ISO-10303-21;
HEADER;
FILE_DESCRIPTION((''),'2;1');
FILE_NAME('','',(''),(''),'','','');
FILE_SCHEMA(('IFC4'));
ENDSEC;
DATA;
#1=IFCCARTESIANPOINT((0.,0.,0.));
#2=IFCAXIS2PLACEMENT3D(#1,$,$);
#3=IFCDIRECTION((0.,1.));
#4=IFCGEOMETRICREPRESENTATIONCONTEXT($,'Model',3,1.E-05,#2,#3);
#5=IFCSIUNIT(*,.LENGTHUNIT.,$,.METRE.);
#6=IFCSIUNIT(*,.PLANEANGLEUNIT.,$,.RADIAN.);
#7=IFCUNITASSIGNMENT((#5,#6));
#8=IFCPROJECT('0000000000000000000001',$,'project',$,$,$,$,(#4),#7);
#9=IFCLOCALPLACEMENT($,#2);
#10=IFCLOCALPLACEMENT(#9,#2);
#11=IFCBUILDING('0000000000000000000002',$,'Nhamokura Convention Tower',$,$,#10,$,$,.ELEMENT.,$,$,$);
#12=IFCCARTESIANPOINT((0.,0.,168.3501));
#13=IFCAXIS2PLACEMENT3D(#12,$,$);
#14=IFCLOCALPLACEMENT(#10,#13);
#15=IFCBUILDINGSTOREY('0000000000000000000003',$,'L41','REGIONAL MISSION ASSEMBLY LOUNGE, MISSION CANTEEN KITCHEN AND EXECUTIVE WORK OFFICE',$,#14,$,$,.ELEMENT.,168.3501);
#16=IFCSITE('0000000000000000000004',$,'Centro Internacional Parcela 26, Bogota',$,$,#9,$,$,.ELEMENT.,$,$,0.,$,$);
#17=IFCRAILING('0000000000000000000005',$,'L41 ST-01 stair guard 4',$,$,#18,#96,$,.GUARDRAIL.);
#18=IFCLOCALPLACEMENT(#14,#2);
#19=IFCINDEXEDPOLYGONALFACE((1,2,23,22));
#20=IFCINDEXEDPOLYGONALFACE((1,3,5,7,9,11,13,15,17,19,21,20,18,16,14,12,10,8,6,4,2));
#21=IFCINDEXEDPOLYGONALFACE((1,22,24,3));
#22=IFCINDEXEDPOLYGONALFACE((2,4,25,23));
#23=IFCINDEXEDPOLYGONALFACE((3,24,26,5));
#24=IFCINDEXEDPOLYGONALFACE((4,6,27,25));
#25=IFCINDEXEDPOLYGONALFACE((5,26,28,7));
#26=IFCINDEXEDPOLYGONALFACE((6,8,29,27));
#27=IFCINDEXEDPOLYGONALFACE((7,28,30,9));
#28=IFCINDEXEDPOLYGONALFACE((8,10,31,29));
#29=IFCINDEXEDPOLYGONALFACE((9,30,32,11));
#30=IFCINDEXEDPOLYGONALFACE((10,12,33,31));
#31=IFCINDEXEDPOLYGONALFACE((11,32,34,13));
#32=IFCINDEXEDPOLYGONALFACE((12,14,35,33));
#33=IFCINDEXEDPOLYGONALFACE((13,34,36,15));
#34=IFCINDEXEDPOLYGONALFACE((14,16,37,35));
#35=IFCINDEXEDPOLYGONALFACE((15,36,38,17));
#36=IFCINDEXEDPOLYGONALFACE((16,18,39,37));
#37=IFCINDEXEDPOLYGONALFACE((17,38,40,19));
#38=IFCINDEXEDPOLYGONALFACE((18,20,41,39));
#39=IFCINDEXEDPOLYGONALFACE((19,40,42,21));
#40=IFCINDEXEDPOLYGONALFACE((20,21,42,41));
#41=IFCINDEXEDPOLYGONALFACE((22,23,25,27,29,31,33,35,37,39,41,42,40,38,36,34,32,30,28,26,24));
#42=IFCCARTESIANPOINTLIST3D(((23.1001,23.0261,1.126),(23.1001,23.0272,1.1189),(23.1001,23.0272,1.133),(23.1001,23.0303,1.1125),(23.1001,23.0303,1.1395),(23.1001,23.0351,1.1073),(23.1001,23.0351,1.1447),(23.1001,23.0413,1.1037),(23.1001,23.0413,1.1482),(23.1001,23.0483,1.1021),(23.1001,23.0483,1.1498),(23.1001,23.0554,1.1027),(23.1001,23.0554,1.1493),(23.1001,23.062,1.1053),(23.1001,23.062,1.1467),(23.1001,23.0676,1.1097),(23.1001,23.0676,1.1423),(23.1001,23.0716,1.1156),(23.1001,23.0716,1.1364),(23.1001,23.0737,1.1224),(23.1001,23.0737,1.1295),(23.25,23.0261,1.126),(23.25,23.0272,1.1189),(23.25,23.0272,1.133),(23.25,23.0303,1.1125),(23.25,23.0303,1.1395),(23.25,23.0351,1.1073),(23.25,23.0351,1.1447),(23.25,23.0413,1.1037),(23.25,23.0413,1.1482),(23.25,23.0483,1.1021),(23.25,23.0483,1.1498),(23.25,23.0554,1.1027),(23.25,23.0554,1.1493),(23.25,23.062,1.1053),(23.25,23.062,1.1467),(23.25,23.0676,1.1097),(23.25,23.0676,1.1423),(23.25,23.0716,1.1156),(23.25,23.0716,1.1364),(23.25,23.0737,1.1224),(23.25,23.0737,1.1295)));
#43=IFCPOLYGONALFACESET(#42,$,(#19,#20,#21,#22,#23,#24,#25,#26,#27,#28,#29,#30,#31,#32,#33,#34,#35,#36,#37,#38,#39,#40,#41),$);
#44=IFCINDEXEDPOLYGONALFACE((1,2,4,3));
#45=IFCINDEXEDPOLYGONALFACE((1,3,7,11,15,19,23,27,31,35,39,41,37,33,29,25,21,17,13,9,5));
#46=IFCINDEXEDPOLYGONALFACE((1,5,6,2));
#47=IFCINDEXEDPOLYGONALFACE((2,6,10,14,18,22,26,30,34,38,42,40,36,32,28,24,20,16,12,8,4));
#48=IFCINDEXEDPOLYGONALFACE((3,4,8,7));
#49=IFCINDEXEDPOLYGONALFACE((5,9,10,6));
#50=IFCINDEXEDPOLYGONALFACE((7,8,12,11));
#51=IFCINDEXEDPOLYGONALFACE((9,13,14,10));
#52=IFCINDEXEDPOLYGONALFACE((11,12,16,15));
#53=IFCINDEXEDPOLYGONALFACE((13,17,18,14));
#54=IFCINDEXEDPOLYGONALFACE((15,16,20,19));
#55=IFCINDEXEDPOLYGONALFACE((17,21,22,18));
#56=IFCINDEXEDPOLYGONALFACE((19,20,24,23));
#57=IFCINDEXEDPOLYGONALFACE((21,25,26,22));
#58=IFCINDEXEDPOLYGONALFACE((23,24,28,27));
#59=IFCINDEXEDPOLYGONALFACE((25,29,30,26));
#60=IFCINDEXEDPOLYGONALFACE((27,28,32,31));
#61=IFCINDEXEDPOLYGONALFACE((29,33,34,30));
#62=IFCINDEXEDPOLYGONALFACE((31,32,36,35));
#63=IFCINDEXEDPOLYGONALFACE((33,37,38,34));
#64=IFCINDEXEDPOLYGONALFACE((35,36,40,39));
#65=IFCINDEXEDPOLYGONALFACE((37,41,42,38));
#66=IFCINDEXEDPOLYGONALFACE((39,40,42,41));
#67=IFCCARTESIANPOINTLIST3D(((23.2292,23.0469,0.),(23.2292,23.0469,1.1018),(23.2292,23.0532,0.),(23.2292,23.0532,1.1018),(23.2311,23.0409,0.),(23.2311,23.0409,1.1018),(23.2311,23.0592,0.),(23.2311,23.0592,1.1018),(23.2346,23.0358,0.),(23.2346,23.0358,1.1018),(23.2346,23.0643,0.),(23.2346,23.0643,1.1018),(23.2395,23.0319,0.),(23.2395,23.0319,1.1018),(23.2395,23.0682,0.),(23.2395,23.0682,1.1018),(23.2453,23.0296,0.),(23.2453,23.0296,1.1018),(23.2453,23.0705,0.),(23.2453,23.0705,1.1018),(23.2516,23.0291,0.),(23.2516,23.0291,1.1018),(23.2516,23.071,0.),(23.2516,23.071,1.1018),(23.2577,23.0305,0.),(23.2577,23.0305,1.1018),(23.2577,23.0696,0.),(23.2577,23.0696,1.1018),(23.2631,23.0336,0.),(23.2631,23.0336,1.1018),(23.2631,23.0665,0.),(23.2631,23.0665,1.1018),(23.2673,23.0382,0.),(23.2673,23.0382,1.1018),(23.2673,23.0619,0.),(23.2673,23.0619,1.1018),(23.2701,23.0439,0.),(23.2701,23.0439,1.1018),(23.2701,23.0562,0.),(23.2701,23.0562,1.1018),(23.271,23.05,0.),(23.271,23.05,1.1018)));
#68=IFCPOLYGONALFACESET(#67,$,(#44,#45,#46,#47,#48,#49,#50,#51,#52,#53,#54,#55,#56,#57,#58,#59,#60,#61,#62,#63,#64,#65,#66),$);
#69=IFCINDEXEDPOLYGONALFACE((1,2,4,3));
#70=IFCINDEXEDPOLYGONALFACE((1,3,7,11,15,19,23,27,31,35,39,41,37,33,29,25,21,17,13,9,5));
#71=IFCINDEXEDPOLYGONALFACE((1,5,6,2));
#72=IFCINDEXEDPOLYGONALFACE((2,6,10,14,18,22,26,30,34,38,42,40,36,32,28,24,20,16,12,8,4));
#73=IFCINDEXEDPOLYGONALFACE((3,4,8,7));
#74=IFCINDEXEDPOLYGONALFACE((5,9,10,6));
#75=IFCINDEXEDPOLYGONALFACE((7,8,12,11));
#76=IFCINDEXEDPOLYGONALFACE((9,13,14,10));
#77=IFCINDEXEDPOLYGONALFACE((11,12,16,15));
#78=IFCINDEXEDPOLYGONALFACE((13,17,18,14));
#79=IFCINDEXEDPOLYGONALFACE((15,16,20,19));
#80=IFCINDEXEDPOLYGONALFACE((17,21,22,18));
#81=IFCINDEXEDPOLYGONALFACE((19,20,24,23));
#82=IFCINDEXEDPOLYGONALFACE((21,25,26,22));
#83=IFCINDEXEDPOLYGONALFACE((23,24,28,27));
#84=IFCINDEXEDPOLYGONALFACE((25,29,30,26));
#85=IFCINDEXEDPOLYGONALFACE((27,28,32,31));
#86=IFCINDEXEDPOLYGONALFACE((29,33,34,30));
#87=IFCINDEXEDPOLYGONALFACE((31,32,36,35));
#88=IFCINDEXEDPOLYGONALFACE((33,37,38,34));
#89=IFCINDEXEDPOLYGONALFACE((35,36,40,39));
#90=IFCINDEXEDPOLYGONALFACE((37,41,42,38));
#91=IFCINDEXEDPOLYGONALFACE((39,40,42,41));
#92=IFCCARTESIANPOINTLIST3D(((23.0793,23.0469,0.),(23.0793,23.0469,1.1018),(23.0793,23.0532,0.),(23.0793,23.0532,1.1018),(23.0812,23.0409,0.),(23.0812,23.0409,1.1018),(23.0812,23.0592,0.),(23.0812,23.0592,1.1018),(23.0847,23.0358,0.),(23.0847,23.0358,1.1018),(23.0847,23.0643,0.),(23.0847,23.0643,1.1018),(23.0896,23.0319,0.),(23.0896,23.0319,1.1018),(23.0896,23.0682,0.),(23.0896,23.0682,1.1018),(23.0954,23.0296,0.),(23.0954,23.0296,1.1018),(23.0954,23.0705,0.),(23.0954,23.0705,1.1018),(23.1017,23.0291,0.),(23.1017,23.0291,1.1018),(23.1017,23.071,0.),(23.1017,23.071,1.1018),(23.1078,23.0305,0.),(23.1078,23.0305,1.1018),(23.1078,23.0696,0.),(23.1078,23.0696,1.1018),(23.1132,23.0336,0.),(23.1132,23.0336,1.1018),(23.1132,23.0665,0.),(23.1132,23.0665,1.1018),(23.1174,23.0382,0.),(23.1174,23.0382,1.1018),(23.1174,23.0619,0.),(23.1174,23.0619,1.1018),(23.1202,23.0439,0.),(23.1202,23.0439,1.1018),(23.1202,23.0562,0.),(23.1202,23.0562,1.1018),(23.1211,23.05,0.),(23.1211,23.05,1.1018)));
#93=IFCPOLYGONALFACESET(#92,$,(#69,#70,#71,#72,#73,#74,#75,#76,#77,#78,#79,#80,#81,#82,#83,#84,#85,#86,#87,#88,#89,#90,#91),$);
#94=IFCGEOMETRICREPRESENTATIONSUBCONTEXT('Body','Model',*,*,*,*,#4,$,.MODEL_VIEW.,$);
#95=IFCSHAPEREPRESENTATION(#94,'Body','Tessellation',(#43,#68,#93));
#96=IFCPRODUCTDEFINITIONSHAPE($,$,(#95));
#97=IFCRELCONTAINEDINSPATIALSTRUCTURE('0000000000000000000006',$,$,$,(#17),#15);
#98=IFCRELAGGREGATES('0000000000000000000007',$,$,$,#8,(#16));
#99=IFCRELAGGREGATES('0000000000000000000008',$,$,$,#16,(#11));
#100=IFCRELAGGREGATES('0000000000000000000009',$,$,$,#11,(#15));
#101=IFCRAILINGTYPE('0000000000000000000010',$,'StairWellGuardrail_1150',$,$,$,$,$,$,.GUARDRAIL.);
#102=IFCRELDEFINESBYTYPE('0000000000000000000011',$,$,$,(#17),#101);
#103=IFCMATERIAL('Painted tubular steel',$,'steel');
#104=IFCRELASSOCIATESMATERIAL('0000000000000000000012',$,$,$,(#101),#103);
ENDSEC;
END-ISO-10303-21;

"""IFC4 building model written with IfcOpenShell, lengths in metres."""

from ifc_helpers import new_model, si_unit, direction, frame, origin, origin_2d, place, context, subcontext, project, spatial, circle, extrude, material, type_object, element, save


model = new_model("IFC4")

# Units and contexts
model_context = context("Model", 3, precision=1e-05, world=origin(), true_north=direction((0.0, 1.0)))
body_context = subcontext(model_context, "Body", "Model", "MODEL_VIEW")
ifc_project = project(units=[si_unit("LENGTHUNIT", "METRE"), si_unit("PLANEANGLEUNIT", "RADIAN")], contexts=[model_context])

# Site, building, storey
site_placement = place(None, origin())
site = spatial("IfcSite", under=ifc_project, at=site_placement, Name="Centro Internacional Parcela 26, Bogota", CompositionType="ELEMENT", RefElevation=0.0)
building_placement = place(site_placement, origin())
building = spatial("IfcBuilding", under=site, at=building_placement, Name="Nhamokura Convention Tower", CompositionType="ELEMENT")
storey_placement = place(building_placement, frame((0.0, 0.0, 168.3501)))
storey = spatial("IfcBuildingStorey", under=building, at=storey_placement, Name="L41", Description="REGIONAL MISSION ASSEMBLY LOUNGE, MISSION CANTEEN KITCHEN AND EXECUTIVE WORK OFFICE", CompositionType="ELEMENT", Elevation=168.3501)

# Railing
ifc_material_1 = material(Name="Painted tubular steel", Category="steel")
railing_type_1 = type_object("IfcRailingType", Name="StairWellGuardrail_1150", PredefinedType="GUARDRAIL", material=ifc_material_1)
railing_1_placement = place(storey_placement, frame((23.25, 23.05, 0.0)))
element("IfcRailing", 1, at=railing_1_placement, inside=storey, type_object=railing_type_1, Name="L41 ST-01 stair guard 4", PredefinedType="GUARDRAIL", context=body_context, shape_type="SweptSolid", body=[
    extrude(circle(Radius=0.0239, at=origin_2d()), frame((0.0, 0.0, 1.126), z_axis=(-1.0, 0.0, 0.0), x_axis=(0.0, -1.0, 0.0)), (0.0, 0.0, 1.0), 0.1499),
    extrude(circle(Radius=0.021, at=origin_2d()), origin(), (0.0, 0.0, 1.0), 1.1018),
    extrude(circle(Radius=0.021, at=origin_2d()), frame((-0.1499, 0.0, 0.0)), (0.0, 0.0, 1.0), 1.1018),
])

save(model, "model.ifc")
